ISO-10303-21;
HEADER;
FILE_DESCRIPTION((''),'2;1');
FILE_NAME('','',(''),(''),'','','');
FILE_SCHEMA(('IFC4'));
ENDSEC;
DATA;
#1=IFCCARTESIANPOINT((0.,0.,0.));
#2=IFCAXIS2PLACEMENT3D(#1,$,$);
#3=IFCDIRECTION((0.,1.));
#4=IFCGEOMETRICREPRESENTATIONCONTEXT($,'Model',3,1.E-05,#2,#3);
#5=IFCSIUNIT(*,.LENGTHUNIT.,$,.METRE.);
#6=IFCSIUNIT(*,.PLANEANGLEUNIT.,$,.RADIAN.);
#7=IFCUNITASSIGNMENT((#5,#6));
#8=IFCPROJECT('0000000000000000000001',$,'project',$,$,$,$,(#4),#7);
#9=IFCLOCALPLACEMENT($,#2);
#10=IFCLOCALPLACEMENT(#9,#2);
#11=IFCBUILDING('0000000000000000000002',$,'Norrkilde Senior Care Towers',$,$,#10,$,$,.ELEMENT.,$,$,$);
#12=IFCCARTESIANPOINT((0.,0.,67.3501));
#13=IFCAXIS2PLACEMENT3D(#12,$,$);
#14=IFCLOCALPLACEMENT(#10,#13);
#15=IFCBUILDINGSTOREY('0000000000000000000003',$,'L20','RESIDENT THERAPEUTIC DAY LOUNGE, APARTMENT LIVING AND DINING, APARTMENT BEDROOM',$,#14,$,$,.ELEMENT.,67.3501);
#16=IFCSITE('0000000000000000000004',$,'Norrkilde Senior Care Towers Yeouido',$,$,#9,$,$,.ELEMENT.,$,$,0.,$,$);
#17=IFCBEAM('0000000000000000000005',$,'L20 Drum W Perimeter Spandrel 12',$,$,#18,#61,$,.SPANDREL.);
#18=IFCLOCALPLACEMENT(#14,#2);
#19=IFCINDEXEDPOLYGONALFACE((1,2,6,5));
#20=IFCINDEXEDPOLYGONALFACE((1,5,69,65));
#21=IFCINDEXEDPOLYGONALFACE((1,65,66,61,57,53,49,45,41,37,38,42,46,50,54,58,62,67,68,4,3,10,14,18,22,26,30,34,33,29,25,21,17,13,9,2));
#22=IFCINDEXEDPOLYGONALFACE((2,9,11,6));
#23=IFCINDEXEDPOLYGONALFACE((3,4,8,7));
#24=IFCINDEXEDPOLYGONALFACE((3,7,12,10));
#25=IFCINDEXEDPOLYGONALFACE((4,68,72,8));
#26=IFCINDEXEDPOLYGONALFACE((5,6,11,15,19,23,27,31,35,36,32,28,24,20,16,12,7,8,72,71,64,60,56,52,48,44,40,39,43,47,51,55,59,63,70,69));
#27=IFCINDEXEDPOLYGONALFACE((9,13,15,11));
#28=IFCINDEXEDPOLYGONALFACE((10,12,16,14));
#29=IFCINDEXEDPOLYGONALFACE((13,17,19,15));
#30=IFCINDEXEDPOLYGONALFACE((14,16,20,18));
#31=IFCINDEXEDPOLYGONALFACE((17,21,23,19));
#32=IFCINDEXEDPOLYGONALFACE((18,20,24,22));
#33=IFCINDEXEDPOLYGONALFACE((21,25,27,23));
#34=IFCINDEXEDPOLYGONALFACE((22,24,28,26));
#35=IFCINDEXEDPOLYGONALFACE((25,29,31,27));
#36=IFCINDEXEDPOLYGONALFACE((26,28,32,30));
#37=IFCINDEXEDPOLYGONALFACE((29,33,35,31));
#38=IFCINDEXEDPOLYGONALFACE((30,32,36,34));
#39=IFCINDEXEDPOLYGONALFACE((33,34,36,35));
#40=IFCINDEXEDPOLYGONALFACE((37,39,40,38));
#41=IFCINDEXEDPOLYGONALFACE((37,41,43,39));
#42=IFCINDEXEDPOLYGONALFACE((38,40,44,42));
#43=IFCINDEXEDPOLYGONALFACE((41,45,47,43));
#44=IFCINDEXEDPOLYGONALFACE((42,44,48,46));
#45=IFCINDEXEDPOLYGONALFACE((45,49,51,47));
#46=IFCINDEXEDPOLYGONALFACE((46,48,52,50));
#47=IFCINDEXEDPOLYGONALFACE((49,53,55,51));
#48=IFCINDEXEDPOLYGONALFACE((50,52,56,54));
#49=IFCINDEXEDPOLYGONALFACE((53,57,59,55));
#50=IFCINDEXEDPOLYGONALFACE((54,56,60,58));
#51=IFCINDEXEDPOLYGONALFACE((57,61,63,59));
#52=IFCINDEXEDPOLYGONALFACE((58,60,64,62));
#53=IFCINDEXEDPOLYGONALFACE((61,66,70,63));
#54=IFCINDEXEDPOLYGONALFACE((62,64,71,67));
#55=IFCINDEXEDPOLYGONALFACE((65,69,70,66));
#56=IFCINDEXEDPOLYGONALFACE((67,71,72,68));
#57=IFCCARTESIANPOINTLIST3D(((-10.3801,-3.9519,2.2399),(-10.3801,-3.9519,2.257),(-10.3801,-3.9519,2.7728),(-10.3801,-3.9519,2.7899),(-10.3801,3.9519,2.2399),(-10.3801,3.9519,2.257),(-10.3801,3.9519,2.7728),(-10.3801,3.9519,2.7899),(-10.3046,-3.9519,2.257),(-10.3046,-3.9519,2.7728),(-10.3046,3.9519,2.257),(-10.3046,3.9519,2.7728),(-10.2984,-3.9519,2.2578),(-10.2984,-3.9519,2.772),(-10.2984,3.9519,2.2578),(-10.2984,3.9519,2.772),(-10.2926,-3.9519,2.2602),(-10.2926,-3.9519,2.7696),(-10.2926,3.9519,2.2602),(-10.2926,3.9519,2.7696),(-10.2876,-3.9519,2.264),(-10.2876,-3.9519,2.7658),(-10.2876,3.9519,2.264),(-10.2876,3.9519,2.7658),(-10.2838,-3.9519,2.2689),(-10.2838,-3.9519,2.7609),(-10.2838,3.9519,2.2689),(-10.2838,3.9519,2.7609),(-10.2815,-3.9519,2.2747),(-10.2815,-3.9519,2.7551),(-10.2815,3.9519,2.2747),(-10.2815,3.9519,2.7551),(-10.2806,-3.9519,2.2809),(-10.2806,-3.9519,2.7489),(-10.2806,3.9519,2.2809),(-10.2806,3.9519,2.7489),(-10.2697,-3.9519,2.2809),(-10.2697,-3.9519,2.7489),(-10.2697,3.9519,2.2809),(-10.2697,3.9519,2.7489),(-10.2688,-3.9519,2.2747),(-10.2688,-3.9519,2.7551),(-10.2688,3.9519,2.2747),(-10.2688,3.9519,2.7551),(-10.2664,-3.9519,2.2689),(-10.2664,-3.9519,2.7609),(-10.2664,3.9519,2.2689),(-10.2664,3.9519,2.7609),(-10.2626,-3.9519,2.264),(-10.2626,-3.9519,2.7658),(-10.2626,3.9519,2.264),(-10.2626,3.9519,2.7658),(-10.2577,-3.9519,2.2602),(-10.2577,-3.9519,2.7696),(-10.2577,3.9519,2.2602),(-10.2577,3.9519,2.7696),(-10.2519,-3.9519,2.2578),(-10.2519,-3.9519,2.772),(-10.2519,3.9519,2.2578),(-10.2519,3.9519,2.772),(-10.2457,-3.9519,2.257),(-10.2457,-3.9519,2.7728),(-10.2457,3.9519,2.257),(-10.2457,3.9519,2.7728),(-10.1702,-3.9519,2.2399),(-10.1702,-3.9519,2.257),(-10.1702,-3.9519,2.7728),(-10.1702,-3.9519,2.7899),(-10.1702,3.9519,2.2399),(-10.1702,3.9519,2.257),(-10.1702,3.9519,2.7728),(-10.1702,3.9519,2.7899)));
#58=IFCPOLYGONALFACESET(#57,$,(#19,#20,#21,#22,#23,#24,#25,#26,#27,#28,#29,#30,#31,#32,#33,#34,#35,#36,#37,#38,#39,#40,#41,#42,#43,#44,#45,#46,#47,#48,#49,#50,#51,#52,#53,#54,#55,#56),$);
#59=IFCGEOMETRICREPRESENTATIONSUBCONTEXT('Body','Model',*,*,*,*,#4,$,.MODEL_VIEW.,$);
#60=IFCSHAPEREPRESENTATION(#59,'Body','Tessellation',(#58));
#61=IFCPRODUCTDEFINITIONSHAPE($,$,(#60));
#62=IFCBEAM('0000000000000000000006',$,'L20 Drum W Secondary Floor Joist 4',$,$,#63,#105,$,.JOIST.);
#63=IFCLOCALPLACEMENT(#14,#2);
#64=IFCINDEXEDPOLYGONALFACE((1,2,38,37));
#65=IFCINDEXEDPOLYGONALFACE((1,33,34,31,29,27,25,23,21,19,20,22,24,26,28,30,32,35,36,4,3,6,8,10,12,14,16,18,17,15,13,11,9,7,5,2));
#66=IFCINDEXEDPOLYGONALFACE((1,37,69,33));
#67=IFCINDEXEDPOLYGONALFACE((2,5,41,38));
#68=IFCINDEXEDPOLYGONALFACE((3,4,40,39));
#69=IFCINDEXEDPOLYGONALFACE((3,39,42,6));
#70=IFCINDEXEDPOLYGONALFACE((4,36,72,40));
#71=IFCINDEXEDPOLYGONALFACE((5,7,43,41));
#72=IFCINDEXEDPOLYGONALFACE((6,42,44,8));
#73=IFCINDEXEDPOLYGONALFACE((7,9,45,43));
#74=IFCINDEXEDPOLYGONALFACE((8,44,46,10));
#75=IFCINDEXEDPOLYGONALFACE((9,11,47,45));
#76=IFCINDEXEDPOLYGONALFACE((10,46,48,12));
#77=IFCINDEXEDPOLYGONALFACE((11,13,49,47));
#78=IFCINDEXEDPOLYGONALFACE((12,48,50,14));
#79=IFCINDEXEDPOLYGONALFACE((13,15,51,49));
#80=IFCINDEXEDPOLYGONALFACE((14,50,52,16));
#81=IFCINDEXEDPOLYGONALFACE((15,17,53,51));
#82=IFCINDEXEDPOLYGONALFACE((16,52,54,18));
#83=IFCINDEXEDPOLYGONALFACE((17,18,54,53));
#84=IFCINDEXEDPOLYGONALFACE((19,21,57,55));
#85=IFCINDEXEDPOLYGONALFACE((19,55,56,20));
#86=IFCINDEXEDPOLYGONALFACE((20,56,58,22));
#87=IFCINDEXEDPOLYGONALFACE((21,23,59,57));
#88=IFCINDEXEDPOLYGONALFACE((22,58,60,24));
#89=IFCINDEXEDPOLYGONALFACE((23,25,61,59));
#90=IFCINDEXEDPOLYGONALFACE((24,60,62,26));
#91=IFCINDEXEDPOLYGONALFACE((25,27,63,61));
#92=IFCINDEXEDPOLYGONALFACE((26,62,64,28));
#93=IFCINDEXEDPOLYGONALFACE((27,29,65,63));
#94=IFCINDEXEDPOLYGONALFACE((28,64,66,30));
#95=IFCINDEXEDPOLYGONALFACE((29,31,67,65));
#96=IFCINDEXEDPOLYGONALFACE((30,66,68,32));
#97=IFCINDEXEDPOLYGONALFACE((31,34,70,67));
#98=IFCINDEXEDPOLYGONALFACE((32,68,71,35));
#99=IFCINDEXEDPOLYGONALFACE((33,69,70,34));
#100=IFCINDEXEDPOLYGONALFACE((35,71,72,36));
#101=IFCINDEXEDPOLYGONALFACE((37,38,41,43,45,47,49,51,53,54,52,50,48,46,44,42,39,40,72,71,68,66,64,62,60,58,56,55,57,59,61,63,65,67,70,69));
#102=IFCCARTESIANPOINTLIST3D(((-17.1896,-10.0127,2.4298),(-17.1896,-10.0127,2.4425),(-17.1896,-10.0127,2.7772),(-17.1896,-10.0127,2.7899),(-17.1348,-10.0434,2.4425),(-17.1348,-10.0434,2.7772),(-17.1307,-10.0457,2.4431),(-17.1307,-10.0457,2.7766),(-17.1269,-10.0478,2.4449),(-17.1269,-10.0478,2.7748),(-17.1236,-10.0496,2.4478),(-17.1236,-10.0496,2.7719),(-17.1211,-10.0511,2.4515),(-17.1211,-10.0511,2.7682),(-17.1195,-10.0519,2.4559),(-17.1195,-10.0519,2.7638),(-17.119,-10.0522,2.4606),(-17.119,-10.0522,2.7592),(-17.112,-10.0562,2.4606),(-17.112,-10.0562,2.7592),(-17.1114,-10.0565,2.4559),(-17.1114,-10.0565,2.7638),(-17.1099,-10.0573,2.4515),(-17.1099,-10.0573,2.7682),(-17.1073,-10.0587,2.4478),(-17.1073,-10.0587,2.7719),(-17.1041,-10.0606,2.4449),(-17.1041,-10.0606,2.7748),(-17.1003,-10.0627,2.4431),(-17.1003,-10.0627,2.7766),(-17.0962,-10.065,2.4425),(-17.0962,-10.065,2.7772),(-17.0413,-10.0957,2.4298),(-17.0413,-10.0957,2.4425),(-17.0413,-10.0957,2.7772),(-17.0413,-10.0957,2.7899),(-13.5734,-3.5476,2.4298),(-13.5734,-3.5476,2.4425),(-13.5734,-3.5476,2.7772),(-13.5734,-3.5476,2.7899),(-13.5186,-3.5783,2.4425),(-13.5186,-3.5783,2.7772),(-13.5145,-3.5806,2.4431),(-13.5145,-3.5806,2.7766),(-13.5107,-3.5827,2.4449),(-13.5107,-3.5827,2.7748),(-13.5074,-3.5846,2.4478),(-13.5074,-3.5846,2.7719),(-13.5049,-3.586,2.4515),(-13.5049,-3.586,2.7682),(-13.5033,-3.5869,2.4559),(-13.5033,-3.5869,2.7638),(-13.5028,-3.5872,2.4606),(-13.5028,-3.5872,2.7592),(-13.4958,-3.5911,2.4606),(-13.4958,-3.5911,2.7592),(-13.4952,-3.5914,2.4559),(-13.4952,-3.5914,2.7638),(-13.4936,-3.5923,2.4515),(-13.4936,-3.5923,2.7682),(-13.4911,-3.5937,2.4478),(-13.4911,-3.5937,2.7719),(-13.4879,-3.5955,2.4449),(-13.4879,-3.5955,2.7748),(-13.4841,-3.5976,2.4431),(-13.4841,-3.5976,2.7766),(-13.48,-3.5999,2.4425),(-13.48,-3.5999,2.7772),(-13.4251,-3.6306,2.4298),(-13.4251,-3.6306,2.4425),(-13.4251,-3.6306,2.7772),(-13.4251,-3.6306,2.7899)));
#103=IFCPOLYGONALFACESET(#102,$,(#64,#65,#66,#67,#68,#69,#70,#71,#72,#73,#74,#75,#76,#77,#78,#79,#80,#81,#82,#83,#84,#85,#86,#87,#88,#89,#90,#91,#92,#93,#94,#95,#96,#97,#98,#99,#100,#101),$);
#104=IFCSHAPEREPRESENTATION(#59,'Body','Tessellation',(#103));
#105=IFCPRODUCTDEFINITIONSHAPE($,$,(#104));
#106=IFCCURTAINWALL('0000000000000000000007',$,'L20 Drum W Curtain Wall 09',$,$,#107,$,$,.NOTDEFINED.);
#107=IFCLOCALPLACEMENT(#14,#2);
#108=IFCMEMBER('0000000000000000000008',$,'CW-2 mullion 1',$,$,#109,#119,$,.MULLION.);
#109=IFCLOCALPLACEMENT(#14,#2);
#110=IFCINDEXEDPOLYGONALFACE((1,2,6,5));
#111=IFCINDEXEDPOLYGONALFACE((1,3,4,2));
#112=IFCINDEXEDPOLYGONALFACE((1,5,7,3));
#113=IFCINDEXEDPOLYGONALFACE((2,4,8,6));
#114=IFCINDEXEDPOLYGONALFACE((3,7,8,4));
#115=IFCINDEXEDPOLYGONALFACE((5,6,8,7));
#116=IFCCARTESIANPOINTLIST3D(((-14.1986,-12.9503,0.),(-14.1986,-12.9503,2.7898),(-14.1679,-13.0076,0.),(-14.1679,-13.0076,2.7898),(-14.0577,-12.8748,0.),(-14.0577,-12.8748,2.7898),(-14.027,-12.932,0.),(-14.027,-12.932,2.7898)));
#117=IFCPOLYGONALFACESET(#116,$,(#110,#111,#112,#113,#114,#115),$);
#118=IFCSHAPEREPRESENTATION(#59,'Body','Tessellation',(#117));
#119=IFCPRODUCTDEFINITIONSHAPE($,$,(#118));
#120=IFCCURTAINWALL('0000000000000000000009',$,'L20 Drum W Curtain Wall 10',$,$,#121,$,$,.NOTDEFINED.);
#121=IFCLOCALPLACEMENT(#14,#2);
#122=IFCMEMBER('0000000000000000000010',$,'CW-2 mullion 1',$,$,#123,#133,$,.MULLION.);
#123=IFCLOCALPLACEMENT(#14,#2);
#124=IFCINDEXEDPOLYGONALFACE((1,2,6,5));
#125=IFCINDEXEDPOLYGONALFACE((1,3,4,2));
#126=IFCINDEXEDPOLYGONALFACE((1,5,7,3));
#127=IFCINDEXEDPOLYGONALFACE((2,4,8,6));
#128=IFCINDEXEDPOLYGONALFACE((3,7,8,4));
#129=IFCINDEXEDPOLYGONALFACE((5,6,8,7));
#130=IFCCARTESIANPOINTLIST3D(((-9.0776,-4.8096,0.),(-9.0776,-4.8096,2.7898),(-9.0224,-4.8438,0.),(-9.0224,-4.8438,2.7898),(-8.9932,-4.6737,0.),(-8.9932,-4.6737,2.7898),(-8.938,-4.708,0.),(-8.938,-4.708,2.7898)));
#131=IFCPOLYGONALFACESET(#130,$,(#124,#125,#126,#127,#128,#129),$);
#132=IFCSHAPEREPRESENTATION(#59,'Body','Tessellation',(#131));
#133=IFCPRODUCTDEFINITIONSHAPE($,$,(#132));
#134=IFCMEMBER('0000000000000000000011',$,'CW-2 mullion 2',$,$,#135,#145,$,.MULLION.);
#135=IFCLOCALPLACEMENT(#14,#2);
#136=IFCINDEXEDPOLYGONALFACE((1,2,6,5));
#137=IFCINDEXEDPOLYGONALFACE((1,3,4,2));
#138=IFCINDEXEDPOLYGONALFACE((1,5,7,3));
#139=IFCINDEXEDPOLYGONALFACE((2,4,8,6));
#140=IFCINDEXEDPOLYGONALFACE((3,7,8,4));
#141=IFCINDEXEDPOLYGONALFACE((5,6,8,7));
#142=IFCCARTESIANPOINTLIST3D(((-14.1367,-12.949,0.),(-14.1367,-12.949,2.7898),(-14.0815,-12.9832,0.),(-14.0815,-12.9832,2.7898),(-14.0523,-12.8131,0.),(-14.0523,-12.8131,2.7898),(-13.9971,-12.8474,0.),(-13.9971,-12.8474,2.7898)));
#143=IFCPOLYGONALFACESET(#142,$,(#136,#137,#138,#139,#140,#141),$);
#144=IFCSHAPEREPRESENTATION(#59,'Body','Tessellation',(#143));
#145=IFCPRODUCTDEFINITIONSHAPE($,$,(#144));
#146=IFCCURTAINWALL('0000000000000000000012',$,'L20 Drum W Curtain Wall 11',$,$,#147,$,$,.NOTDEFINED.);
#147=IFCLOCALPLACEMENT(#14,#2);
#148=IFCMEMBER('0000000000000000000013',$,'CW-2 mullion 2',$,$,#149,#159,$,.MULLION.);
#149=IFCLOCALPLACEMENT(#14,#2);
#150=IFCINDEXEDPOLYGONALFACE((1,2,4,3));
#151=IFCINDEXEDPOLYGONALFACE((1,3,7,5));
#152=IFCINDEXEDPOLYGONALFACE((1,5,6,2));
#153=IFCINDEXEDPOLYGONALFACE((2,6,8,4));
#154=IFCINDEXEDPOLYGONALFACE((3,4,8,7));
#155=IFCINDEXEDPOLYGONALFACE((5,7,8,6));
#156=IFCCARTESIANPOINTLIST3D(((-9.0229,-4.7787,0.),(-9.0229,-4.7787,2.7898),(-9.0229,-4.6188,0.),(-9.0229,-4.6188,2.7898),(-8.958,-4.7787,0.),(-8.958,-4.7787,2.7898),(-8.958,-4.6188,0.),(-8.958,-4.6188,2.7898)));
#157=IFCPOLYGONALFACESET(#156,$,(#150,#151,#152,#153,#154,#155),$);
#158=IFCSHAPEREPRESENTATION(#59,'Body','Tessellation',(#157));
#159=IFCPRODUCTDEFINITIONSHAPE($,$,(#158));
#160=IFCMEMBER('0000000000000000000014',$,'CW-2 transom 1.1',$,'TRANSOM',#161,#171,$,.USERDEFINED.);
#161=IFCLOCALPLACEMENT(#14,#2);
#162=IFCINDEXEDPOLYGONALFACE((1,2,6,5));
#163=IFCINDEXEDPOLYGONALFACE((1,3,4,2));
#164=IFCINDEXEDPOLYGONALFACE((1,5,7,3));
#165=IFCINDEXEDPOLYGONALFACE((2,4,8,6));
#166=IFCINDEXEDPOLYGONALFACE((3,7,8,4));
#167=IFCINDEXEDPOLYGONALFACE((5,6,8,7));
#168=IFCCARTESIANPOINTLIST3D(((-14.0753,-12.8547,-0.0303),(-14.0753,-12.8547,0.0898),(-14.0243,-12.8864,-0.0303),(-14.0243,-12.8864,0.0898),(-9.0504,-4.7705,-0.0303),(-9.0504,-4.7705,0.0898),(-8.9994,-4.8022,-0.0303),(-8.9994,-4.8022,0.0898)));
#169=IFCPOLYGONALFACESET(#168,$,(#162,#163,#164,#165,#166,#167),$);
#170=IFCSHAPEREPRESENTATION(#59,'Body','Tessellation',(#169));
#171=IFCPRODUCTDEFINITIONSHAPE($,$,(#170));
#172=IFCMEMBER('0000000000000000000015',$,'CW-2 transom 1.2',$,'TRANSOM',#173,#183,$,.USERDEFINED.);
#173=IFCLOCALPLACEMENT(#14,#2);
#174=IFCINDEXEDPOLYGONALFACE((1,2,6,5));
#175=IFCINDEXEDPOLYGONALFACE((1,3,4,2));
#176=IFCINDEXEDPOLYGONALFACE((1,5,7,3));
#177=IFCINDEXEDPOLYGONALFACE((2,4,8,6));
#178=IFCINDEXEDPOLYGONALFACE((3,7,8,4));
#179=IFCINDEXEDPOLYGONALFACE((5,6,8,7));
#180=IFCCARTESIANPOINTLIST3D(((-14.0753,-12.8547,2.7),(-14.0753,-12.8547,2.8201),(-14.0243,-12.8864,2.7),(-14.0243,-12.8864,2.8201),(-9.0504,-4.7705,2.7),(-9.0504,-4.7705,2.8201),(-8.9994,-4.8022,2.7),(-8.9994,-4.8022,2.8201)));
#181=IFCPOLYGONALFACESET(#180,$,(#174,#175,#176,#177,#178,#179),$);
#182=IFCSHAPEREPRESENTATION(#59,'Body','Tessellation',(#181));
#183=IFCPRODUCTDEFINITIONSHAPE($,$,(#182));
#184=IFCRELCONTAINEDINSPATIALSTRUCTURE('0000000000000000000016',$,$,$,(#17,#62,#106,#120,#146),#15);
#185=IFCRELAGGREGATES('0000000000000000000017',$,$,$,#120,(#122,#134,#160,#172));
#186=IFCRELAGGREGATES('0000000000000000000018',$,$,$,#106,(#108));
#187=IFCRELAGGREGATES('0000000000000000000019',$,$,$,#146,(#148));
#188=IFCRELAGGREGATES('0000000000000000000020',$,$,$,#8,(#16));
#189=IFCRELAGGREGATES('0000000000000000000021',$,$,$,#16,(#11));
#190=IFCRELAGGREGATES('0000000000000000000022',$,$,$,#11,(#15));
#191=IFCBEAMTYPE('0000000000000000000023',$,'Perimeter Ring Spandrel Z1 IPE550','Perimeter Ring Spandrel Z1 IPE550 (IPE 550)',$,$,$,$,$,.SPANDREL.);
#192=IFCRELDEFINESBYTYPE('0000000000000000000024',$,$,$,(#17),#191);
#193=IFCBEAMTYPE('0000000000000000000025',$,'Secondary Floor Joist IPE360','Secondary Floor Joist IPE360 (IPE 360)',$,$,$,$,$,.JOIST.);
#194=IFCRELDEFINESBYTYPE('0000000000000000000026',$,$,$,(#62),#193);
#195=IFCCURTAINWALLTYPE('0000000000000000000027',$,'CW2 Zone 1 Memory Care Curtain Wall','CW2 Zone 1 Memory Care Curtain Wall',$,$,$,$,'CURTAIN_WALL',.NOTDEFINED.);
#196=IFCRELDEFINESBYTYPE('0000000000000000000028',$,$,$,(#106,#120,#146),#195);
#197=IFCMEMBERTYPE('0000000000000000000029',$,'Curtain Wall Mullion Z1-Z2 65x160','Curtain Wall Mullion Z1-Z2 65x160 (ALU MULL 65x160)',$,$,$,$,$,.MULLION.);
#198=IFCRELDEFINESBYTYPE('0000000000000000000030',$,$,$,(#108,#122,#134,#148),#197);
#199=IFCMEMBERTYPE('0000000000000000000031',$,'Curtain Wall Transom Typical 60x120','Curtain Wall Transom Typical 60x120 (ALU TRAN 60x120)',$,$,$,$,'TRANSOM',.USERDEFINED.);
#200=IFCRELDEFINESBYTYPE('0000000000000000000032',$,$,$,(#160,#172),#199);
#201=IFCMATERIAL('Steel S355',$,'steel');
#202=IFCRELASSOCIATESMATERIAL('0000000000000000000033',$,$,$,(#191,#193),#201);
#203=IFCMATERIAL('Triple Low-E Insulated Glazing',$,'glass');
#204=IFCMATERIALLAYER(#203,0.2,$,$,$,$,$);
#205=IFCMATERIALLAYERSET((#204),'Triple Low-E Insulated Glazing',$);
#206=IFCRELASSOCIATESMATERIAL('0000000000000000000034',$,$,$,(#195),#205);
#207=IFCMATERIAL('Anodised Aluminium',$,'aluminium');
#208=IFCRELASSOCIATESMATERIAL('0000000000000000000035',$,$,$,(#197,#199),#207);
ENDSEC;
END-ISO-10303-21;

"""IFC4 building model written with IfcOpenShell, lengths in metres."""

from ifc_helpers import new_model, si_unit, direction, frame, origin, origin_2d, place, context, subcontext, project, spatial, rectangle, i_section, extrude, source, transform, mapped, material, layer, layer_set, material_profile, profile_set, type_object, type_shapes, element, aggregate, save


model = new_model("IFC4")

# Units and contexts
model_context = context("Model", 3, precision=1e-05, world=origin(), true_north=direction((0.0, 1.0)))
body_context = subcontext(model_context, "Body", "Model", "MODEL_VIEW")
ifc_project = project(units=[si_unit("LENGTHUNIT", "METRE"), si_unit("PLANEANGLEUNIT", "RADIAN")], contexts=[model_context])

# Site, building, storey
site_placement = place(None, origin())
site = spatial("IfcSite", under=ifc_project, at=site_placement, Name="Norrkilde Senior Care Towers Yeouido", CompositionType="ELEMENT", RefElevation=0.0)
building_placement = place(site_placement, origin())
building = spatial("IfcBuilding", under=site, at=building_placement, Name="Norrkilde Senior Care Towers", CompositionType="ELEMENT")
storey_placement = place(building_placement, frame((0.0, 0.0, 67.3501)))
storey = spatial("IfcBuildingStorey", under=building, at=storey_placement, Name="L20", Description="RESIDENT THERAPEUTIC DAY LOUNGE, APARTMENT LIVING AND DINING, APARTMENT BEDROOM", CompositionType="ELEMENT", Elevation=67.3501)

# Beams
ifc_material_1 = material(Name="Steel S355", Category="steel")
ifc_material_profile_1 = material_profile(ifc_material_1, i_section(OverallWidth=0.21, OverallDepth=0.55, WebThickness=0.011, FlangeThickness=0.0171, FilletRadius=0.0239, at=origin_2d()), Name="IPE 550")
ifc_profile_set_1 = profile_set([ifc_material_profile_1], Name="Steel S355")
beam_type_1 = type_object("IfcBeamType", Name="Perimeter Ring Spandrel Z1 IPE550", Description="Perimeter Ring Spandrel Z1 IPE550 (IPE 550)", PredefinedType="SPANDREL", material=ifc_profile_set_1)
shared_shape_1 = source(origin(), body_context, "Body", "SweptSolid", [
    extrude(i_section(OverallWidth=0.21, OverallDepth=0.55, WebThickness=0.011, FlangeThickness=0.0171, FilletRadius=0.0239, at=origin_2d()), origin(), (0.0, 0.0, 1.0), 7.9038),
])
beam_1_placement = place(storey_placement, frame((-10.2751, -3.9519, 2.5149), z_axis=(0.0, 1.0, 0.0), x_axis=(-1.0, 0.0, 0.0)))
element("IfcBeam", 1, at=beam_1_placement, inside=storey, type_object=beam_type_1, Name="L20 Drum W Perimeter Spandrel 12", PredefinedType="SPANDREL", context=body_context, shape_type="MappedRepresentation", body=[
    mapped(shared_shape_1, transform((0.0, 0.0, 0.0), x_axis=(1.0, 0.0, 0.0), y_axis=(0.0, 1.0, 0.0), z_axis=(0.0, 0.0, 1.0), scale=1.0)),
])
ifc_material_profile_2 = material_profile(ifc_material_1, i_section(OverallWidth=0.1699, OverallDepth=0.3601, WebThickness=0.0081, FlangeThickness=0.0127, FilletRadius=0.0181, at=origin_2d()), Name="IPE 360")
ifc_profile_set_2 = profile_set([ifc_material_profile_2], Name="Steel S355")
beam_type_2 = type_object("IfcBeamType", Name="Secondary Floor Joist IPE360", Description="Secondary Floor Joist IPE360 (IPE 360)", PredefinedType="JOIST", material=ifc_profile_set_2)
shared_shape_2 = source(origin(), body_context, "Body", "SweptSolid", [
    extrude(i_section(OverallWidth=0.1699, OverallDepth=0.3601, WebThickness=0.0081, FlangeThickness=0.0127, FilletRadius=0.0181, at=origin_2d()), origin(), (0.0, 0.0, 1.0), 7.4077),
])
type_shapes(beam_type_2, [shared_shape_2])
beam_2_placement = place(storey_placement, frame((-17.1155, -10.0542, 2.6099), z_axis=(0.488168, 0.87275, 0.0), x_axis=(-0.87275, 0.488168, 0.0)))
element("IfcBeam", 2, at=beam_2_placement, inside=storey, type_object=beam_type_2, Name="L20 Drum W Secondary Floor Joist 4", PredefinedType="JOIST", context=body_context, shape_type="MappedRepresentation", body=[
    mapped(shared_shape_2, transform((0.0, 0.0, 0.0), x_axis=(1.0, 0.0, 0.0), y_axis=(0.0, 1.0, 0.0), z_axis=(0.0, 0.0, 1.0), scale=1.0)),
])

# Curtain wall, member
ifc_material_2 = material(Name="Triple Low-E Insulated Glazing", Category="glass")
ifc_layer_1 = layer(ifc_material_2, 0.2)
ifc_layer_set_1 = layer_set([ifc_layer_1], Name="Triple Low-E Insulated Glazing")
curtain_wall_type = type_object("IfcCurtainWallType", Name="CW2 Zone 1 Memory Care Curtain Wall", Description="CW2 Zone 1 Memory Care Curtain Wall", ElementType="CURTAIN_WALL", PredefinedType="NOTDEFINED", material=ifc_layer_set_1)
curtain_wall_1_placement = place(storey_placement, origin())
curtain_wall_1 = element("IfcCurtainWall", 3, at=curtain_wall_1_placement, inside=storey, type_object=curtain_wall_type, Name="L20 Drum W Curtain Wall 09", PredefinedType="NOTDEFINED")
ifc_material_3 = material(Name="Anodised Aluminium", Category="aluminium")
ifc_material_profile_3 = material_profile(ifc_material_3, rectangle(XDim=0.0649, YDim=0.1599, at=origin_2d()), Name="ALU MULL 65x160")
ifc_profile_set_3 = profile_set([ifc_material_profile_3], Name="Anodised Aluminium")
member_type_1 = type_object("IfcMemberType", Name="Curtain Wall Mullion Z1-Z2 65x160", Description="Curtain Wall Mullion Z1-Z2 65x160 (ALU MULL 65x160)", PredefinedType="MULLION", material=ifc_profile_set_3)
shared_shape_3 = source(origin(), body_context, "Body", "SweptSolid", [
    extrude(rectangle(XDim=0.0649, YDim=0.1599, at=origin_2d()), origin(), (0.0, 0.0, 1.0), 2.7898),
])
type_shapes(member_type_1, [shared_shape_3])
member_1_placement = place(storey_placement, frame((-14.1128, -12.9412, 0.0), z_axis=(0.0, 0.0, 1.0), x_axis=(0.472608, -0.881273, 0.0)))
member_1 = element("IfcMember", 4, at=member_1_placement, type_object=member_type_1, Name="CW-2 mullion 1", PredefinedType="MULLION", context=body_context, shape_type="MappedRepresentation", body=[
    mapped(shared_shape_3, transform((0.0, 0.0, 0.0), x_axis=(1.0, 0.0, 0.0), y_axis=(0.0, 1.0, 0.0), z_axis=(0.0, 0.0, 1.0), scale=1.0)),
])

# Curtain wall, members
curtain_wall_2_placement = place(storey_placement, origin())
curtain_wall_2 = element("IfcCurtainWall", 5, at=curtain_wall_2_placement, inside=storey, type_object=curtain_wall_type, Name="L20 Drum W Curtain Wall 10", PredefinedType="NOTDEFINED")
member_2_placement = place(storey_placement, frame((-9.0078, -4.7588, 0.0), z_axis=(0.0, 0.0, 1.0), x_axis=(0.849306, -0.527901, 0.0)))
member_2 = element("IfcMember", 6, at=member_2_placement, type_object=member_type_1, Name="CW-2 mullion 1", PredefinedType="MULLION", context=body_context, shape_type="MappedRepresentation", body=[
    mapped(shared_shape_3, transform((0.0, 0.0, 0.0), x_axis=(1.0, 0.0, 0.0), y_axis=(0.0, 1.0, 0.0), z_axis=(0.0, 0.0, 1.0), scale=1.0)),
])
member_3_placement = place(storey_placement, frame((-14.0669, -12.8982, 0.0), z_axis=(0.0, 0.0, 1.0), x_axis=(0.849306, -0.527901, 0.0)))
member_3 = element("IfcMember", 7, at=member_3_placement, type_object=member_type_1, Name="CW-2 mullion 2", PredefinedType="MULLION", context=body_context, shape_type="MappedRepresentation", body=[
    mapped(shared_shape_3, transform((0.0, 0.0, 0.0), x_axis=(1.0, 0.0, 0.0), y_axis=(0.0, 1.0, 0.0), z_axis=(0.0, 0.0, 1.0), scale=1.0)),
])

# Curtain wall, member
curtain_wall_3_placement = place(storey_placement, origin())
curtain_wall_3 = element("IfcCurtainWall", 8, at=curtain_wall_3_placement, inside=storey, type_object=curtain_wall_type, Name="L20 Drum W Curtain Wall 11", PredefinedType="NOTDEFINED")
member_4_placement = place(storey_placement, frame((-8.9905, -4.6987, 0.0), z_axis=(0.0, 0.0, 1.0), x_axis=(1.0, 0.0, 0.0)))
member_4 = element("IfcMember", 9, at=member_4_placement, type_object=member_type_1, Name="CW-2 mullion 2", PredefinedType="MULLION", context=body_context, shape_type="MappedRepresentation", body=[
    mapped(shared_shape_3, transform((0.0, 0.0, 0.0), x_axis=(1.0, 0.0, 0.0), y_axis=(0.0, 1.0, 0.0), z_axis=(0.0, 0.0, 1.0), scale=1.0)),
])

# Members
ifc_material_profile_4 = material_profile(ifc_material_3, rectangle(XDim=0.0601, YDim=0.1201, at=origin_2d()), Name="ALU TRAN 60x120")
ifc_profile_set_4 = profile_set([ifc_material_profile_4], Name="Anodised Aluminium")
member_type_2 = type_object("IfcMemberType", Name="Curtain Wall Transom Typical 60x120", Description="Curtain Wall Transom Typical 60x120 (ALU TRAN 60x120)", ElementType="TRANSOM", PredefinedType="USERDEFINED", material=ifc_profile_set_4)
shared_shape_4 = source(origin(), body_context, "Body", "SweptSolid", [
    extrude(rectangle(XDim=0.0601, YDim=0.1201, at=origin_2d()), origin(), (0.0, 0.0, 1.0), 9.5186),
])
member_5_placement = place(storey_placement, frame((-9.0249, -4.7864, 0.0298), z_axis=(-0.527902, -0.849306, 0.0), x_axis=(0.849306, -0.527902, 0.0)))
member_5 = element("IfcMember", 10, at=member_5_placement, type_object=member_type_2, Name="CW-2 transom 1.1", ObjectType="TRANSOM", PredefinedType="USERDEFINED", context=body_context, shape_type="MappedRepresentation", body=[
    mapped(shared_shape_4, transform((0.0, 0.0, 0.0), x_axis=(1.0, 0.0, 0.0), y_axis=(0.0, 1.0, 0.0), z_axis=(0.0, 0.0, 1.0), scale=1.0)),
])
member_6_placement = place(storey_placement, frame((-9.0249, -4.7864, 2.76), z_axis=(-0.527902, -0.849306, 0.0), x_axis=(0.849306, -0.527902, 0.0)))
member_6 = element("IfcMember", 11, at=member_6_placement, type_object=member_type_2, Name="CW-2 transom 1.2", ObjectType="TRANSOM", PredefinedType="USERDEFINED", context=body_context, shape_type="MappedRepresentation", body=[
    mapped(shared_shape_4, transform((0.0, 0.0, 0.0), x_axis=(1.0, 0.0, 0.0), y_axis=(0.0, 1.0, 0.0), z_axis=(0.0, 0.0, 1.0), scale=1.0)),
])

aggregate(curtain_wall_2, [member_2, member_3, member_5, member_6])
aggregate(curtain_wall_1, [member_1])
aggregate(curtain_wall_3, [member_4])

save(model, "model.ifc")
